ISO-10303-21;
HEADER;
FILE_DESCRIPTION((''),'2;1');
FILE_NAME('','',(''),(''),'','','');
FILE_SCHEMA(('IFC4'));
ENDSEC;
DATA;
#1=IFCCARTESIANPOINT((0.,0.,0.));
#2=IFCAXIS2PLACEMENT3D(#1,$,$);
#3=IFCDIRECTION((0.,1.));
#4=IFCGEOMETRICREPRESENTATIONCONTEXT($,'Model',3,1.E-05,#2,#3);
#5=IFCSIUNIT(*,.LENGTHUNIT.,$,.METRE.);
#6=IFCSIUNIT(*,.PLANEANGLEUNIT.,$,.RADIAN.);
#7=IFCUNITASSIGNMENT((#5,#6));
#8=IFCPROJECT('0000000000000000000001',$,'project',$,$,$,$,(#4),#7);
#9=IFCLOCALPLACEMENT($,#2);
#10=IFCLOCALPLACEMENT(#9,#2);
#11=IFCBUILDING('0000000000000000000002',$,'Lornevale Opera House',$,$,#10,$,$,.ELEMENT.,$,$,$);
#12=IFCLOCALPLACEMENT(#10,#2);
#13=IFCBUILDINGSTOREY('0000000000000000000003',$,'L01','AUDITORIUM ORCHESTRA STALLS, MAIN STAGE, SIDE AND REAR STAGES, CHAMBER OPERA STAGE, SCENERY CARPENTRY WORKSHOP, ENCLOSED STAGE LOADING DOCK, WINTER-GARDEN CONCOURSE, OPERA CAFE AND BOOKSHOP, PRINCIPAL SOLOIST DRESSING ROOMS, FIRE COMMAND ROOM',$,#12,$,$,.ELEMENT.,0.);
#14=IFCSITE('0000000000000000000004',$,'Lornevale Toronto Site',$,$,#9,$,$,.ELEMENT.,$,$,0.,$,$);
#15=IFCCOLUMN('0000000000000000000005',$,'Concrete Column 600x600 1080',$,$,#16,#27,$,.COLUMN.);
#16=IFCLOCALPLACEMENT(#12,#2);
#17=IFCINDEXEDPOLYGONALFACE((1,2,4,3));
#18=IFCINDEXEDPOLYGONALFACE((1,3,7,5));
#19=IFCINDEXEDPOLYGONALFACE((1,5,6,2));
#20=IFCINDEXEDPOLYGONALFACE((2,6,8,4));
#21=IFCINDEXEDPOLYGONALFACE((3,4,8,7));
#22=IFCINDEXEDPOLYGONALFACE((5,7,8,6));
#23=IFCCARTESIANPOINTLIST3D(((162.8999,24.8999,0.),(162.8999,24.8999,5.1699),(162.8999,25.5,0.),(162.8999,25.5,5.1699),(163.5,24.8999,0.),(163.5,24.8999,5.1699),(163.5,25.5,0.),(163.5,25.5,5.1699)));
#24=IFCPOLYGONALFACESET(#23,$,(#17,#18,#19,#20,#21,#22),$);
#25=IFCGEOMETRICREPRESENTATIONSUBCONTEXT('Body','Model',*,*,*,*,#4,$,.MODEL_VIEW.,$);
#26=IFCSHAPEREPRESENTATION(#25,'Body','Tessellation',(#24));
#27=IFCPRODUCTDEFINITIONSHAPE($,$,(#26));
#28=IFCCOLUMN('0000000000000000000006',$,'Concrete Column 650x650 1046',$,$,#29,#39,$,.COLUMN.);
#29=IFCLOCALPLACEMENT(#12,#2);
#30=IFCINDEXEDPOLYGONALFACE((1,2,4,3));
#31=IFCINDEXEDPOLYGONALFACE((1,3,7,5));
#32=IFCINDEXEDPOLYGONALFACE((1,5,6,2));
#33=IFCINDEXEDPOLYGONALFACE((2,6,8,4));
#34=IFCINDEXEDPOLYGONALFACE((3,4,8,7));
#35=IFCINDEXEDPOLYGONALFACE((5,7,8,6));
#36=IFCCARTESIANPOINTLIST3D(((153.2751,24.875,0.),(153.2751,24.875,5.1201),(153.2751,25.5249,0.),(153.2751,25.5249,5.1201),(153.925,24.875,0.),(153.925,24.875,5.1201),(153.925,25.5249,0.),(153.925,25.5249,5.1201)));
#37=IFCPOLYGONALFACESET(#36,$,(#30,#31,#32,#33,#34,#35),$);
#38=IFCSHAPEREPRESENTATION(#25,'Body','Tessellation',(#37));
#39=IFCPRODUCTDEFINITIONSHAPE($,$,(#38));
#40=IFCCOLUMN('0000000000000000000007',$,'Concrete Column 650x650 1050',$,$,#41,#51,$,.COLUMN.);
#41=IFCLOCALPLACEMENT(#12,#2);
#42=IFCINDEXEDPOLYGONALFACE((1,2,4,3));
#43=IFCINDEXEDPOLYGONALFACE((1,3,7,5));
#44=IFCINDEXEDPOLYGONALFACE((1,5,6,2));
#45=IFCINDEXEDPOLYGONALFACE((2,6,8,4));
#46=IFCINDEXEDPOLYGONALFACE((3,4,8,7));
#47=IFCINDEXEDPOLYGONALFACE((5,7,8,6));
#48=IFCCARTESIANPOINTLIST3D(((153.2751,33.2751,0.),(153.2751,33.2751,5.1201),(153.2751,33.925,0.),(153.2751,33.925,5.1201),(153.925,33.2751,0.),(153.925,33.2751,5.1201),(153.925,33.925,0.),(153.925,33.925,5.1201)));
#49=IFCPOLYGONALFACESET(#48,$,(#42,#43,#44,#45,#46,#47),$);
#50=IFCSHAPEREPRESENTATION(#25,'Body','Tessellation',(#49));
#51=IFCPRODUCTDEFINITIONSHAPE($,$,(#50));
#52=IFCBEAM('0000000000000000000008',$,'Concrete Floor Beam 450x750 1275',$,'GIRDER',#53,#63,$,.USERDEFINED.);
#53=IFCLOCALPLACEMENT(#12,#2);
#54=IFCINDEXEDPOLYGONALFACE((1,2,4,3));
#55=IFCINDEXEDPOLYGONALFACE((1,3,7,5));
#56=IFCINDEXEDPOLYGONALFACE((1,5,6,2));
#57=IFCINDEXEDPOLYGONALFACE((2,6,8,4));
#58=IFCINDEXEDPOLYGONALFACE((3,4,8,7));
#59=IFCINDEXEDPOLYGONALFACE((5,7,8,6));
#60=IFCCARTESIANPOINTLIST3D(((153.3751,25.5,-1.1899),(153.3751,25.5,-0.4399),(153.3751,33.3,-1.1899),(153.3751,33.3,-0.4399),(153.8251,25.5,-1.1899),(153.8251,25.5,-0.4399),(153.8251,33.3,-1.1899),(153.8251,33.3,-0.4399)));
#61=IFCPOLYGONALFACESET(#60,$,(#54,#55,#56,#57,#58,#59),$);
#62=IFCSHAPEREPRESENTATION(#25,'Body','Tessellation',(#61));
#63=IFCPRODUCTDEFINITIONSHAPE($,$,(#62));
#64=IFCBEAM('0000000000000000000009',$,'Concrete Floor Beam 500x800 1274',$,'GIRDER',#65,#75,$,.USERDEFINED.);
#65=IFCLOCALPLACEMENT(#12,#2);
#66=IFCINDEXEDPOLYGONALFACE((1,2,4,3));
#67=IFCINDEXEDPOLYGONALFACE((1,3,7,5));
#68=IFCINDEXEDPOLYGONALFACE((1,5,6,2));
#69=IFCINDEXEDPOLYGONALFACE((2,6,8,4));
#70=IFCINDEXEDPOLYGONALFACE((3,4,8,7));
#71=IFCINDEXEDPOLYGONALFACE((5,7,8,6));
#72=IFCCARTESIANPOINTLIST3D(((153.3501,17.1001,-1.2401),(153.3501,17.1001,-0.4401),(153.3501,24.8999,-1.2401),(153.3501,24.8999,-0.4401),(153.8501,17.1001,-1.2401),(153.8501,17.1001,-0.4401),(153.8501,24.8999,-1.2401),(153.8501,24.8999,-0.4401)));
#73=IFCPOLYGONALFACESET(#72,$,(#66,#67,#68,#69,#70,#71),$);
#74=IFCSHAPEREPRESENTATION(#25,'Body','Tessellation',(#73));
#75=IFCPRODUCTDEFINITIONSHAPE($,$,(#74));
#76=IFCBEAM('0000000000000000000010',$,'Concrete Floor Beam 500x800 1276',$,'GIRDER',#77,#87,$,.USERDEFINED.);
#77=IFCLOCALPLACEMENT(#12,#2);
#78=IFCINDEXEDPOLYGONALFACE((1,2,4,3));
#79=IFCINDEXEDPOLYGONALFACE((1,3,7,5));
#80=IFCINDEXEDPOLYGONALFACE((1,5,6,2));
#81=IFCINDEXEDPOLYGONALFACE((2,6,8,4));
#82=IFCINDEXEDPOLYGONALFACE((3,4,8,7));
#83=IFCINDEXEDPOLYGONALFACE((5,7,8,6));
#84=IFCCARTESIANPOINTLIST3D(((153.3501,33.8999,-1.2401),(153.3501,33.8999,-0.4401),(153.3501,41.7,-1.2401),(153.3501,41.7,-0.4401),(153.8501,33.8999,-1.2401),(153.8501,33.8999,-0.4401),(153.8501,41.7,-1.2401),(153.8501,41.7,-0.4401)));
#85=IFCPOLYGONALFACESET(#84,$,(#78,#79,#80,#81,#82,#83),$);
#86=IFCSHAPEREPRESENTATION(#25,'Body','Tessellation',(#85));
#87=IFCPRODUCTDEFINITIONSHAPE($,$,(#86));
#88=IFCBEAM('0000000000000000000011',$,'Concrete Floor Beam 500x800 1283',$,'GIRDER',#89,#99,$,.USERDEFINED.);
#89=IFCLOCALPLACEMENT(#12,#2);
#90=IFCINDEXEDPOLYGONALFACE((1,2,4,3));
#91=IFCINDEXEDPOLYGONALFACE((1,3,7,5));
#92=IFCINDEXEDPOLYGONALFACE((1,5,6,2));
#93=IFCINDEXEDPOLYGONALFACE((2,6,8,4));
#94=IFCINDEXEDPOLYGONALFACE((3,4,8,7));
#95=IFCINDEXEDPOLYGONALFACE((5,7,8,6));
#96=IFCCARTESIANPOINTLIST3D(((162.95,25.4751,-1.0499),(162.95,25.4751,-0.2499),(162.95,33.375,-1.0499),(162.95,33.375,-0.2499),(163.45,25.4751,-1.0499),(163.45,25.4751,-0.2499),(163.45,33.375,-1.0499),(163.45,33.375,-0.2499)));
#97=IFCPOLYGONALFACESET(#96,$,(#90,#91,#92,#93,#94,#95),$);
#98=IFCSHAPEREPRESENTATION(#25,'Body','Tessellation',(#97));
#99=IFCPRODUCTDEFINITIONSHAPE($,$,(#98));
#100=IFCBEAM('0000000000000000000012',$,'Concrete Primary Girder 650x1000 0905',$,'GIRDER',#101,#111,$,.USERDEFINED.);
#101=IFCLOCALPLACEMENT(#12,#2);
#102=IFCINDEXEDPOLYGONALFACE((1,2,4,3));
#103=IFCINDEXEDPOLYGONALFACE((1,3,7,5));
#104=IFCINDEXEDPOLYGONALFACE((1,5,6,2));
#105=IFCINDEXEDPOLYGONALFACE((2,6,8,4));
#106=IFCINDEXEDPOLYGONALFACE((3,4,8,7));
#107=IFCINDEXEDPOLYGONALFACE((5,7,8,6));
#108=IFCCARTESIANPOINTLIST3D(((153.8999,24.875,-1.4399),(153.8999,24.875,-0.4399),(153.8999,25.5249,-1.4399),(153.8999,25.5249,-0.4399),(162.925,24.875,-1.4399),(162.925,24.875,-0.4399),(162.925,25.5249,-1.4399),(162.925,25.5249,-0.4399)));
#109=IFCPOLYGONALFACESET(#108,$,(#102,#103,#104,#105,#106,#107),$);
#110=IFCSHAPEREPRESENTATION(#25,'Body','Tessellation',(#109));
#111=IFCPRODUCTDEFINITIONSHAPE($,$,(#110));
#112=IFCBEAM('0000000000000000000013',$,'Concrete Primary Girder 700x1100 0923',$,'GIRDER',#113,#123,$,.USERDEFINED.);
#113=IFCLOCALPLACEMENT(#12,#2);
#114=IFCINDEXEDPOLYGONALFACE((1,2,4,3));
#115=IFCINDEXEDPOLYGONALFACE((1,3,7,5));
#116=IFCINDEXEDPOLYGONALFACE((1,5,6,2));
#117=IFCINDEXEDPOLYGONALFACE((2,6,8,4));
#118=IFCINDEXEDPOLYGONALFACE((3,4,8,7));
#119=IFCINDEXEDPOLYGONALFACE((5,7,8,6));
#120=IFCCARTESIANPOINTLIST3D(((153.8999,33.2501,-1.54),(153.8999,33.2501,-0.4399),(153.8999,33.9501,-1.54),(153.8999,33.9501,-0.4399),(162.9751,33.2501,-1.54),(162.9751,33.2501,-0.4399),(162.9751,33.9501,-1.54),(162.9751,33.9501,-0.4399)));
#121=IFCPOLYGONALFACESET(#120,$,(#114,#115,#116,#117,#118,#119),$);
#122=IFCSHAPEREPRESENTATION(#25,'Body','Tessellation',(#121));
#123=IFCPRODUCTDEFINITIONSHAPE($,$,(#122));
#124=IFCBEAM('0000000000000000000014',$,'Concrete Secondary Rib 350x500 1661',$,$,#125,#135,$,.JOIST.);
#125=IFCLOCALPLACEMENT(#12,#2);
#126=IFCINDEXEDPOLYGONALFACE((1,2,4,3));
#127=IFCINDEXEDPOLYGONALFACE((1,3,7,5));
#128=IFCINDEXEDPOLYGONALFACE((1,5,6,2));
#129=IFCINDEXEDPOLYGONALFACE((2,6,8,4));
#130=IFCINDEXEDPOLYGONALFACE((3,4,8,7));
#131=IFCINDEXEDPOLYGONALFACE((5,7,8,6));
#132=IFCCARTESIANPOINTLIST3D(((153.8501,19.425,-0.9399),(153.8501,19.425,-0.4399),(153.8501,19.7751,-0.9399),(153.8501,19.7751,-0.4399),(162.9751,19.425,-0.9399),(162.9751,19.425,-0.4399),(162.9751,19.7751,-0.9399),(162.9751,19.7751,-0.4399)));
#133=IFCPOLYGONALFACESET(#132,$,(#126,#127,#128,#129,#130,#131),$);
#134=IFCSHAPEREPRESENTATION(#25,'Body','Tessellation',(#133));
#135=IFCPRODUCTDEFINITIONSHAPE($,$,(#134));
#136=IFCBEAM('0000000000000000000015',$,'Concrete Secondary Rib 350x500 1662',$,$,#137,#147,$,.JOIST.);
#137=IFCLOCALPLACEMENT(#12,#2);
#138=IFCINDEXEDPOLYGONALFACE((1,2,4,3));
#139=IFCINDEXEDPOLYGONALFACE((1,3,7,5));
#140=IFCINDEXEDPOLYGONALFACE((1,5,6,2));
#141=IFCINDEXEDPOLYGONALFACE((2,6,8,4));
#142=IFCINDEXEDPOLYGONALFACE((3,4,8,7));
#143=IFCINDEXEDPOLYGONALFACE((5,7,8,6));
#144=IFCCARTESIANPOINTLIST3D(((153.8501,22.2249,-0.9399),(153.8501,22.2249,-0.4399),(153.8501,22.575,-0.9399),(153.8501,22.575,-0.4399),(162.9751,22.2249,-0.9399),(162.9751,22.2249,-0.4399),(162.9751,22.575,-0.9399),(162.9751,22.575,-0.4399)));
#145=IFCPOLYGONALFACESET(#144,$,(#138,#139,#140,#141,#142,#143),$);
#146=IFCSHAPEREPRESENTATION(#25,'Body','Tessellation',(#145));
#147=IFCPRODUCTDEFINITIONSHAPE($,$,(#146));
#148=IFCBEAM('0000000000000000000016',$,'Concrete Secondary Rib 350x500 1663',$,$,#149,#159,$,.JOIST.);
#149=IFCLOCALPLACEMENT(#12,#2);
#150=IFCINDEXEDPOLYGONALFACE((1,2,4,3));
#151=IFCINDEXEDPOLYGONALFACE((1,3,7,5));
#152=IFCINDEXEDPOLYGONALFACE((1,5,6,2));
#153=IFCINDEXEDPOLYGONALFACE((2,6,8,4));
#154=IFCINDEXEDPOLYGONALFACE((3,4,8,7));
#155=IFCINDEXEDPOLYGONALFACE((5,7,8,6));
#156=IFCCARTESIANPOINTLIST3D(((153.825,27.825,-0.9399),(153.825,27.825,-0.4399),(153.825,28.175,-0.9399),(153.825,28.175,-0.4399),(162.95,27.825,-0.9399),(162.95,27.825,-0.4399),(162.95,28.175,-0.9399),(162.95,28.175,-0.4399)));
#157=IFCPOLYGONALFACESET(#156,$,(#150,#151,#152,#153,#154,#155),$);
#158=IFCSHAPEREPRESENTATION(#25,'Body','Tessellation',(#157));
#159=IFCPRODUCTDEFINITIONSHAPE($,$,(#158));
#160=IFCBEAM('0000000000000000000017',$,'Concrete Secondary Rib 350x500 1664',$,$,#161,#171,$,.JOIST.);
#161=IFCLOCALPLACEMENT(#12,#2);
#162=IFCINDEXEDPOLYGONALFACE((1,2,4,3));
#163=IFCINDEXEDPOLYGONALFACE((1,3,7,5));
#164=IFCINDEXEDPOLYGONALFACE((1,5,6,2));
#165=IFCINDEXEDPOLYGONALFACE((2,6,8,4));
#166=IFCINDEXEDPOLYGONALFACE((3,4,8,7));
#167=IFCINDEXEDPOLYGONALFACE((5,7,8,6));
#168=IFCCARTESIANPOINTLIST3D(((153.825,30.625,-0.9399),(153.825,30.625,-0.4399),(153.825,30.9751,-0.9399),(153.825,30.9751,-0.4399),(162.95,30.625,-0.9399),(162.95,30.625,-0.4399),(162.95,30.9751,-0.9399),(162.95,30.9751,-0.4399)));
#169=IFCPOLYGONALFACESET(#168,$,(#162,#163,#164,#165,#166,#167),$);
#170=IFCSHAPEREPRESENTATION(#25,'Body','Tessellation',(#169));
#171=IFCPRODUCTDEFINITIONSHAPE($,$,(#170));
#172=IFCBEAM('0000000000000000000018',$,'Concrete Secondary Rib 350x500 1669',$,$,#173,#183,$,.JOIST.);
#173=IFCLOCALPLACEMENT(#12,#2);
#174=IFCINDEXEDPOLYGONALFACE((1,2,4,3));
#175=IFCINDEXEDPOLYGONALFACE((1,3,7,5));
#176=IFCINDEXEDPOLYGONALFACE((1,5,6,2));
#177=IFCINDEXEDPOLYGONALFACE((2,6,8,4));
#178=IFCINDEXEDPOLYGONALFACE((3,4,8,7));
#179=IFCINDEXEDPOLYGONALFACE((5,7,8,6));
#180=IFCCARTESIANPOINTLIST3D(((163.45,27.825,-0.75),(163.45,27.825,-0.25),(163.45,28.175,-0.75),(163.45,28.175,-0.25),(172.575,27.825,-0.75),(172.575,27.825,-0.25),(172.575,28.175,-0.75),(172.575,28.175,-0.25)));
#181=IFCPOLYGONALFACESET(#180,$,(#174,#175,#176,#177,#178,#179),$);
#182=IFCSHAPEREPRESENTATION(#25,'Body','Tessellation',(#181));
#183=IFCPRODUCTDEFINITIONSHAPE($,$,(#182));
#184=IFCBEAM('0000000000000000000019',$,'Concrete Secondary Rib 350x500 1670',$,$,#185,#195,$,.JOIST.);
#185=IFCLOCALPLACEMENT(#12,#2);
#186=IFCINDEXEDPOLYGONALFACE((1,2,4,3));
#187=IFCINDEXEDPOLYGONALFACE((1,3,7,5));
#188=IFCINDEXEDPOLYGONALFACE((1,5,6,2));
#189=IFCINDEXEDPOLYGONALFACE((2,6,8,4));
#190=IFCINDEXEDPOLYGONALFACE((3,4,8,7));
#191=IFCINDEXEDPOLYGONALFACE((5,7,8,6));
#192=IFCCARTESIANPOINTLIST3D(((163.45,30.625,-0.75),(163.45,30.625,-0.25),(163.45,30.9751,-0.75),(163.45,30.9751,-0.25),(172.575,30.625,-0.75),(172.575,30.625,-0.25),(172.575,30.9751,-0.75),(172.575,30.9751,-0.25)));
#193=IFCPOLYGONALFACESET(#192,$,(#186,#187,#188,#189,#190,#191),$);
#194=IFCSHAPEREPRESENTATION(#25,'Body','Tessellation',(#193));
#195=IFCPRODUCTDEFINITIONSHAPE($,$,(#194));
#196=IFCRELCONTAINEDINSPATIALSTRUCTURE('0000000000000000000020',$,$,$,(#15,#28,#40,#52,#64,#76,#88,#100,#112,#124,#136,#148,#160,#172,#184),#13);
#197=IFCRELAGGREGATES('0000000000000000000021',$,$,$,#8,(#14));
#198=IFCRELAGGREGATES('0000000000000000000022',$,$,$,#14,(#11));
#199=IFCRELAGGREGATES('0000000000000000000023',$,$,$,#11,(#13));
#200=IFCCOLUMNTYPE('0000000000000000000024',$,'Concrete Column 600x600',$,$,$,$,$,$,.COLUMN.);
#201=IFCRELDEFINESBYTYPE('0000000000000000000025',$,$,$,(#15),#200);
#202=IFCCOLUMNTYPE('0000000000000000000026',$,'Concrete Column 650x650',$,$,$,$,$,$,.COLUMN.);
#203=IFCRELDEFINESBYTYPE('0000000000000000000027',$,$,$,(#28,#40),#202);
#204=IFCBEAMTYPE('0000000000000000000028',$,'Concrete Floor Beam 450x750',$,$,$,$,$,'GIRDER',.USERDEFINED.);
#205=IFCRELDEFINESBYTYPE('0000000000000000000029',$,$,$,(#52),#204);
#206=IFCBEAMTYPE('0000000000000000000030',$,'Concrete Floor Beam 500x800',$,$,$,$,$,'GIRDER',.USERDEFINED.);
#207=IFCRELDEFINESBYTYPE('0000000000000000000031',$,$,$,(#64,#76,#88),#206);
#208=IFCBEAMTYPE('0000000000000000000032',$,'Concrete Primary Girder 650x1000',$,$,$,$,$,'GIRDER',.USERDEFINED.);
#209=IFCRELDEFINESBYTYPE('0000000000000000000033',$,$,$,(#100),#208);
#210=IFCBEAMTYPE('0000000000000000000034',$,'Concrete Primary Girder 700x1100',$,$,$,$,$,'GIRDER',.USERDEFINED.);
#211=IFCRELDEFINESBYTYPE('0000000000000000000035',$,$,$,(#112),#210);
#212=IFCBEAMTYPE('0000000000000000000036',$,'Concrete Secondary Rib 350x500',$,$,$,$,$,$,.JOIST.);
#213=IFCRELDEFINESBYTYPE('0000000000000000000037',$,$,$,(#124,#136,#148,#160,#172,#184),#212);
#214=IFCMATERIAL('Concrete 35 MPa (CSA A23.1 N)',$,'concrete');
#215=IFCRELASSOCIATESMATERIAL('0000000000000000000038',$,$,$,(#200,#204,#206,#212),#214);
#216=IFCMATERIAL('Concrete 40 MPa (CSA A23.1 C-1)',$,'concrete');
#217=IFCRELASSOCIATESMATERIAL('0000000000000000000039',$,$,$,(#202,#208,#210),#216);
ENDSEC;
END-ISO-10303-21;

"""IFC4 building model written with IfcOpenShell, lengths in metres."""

from ifc_helpers import new_model, si_unit, direction, frame, origin, origin_2d, place, context, subcontext, project, spatial, rectangle, extrude, material, material_profile, profile_set, type_object, element, save


model = new_model("IFC4")

# Units and contexts
model_context = context("Model", 3, precision=1e-05, world=origin(), true_north=direction((0.0, 1.0)))
body_context = subcontext(model_context, "Body", "Model", "MODEL_VIEW")
ifc_project = project(units=[si_unit("LENGTHUNIT", "METRE"), si_unit("PLANEANGLEUNIT", "RADIAN")], contexts=[model_context])

# Site, building, storey
site_placement = place(None, origin())
site = spatial("IfcSite", under=ifc_project, at=site_placement, Name="Lornevale Toronto Site", CompositionType="ELEMENT", RefElevation=0.0)
building_placement = place(site_placement, origin())
building = spatial("IfcBuilding", under=site, at=building_placement, Name="Lornevale Opera House", CompositionType="ELEMENT")
storey_placement = place(building_placement, origin())
storey = spatial("IfcBuildingStorey", under=building, at=storey_placement, Name="L01", Description="AUDITORIUM ORCHESTRA STALLS, MAIN STAGE, SIDE AND REAR STAGES, CHAMBER OPERA STAGE, SCENERY CARPENTRY WORKSHOP, ENCLOSED STAGE LOADING DOCK, WINTER-GARDEN CONCOURSE, OPERA CAFE AND BOOKSHOP, PRINCIPAL SOLOIST DRESSING ROOMS, FIRE COMMAND ROOM", CompositionType="ELEMENT", Elevation=0.0)

# Columns
ifc_material_1 = material(Name="Concrete 35 MPa (CSA A23.1 N)", Category="concrete")
ifc_material_profile_1 = material_profile(ifc_material_1, rectangle(XDim=0.6001, YDim=0.6001, at=origin_2d()), Name="RC600x600")
ifc_profile_set_1 = profile_set([ifc_material_profile_1], Name="Concrete 35 MPa (CSA A23.1 N)")
column_type_1 = type_object("IfcColumnType", Name="Concrete Column 600x600", PredefinedType="COLUMN", material=ifc_profile_set_1)
column_placement = place(storey_placement, frame((163.2, 25.2, 0.0), z_axis=(0.0, 0.0, 1.0), x_axis=(1.0, 0.0, 0.0)))
element("IfcColumn", 1, at=column_placement, inside=storey, type_object=column_type_1, Name="Concrete Column 600x600 1080", PredefinedType="COLUMN", context=body_context, shape_type="SweptSolid", body=[
    extrude(rectangle(XDim=0.6001, YDim=0.6001, at=origin_2d()), origin(), (0.0, 0.0, 1.0), 5.1699),
])
ifc_material_2 = material(Name="Concrete 40 MPa (CSA A23.1 C-1)", Category="concrete")
ifc_material_profile_2 = material_profile(ifc_material_2, rectangle(XDim=0.6499, YDim=0.6499, at=origin_2d()), Name="RC650x650")
ifc_profile_set_2 = profile_set([ifc_material_profile_2], Name="Concrete 40 MPa (CSA A23.1 C-1)")
column_type_2 = type_object("IfcColumnType", Name="Concrete Column 650x650", PredefinedType="COLUMN", material=ifc_profile_set_2)
for number, where, z_axis, x_axis, name in (
    (2, (153.6001, 25.2, 0.0), (0.0, 0.0, 1.0), (1.0, 0.0, 0.0), "Concrete Column 650x650 1046"),
    (3, (153.6001, 33.6001, 0.0), (0.0, 0.0, 1.0), (1.0, 0.0, 0.0), "Concrete Column 650x650 1050"),
):
    element("IfcColumn", number, at=place(storey_placement, frame(where, z_axis=z_axis, x_axis=x_axis)), inside=storey, type_object=column_type_2, Name=name, PredefinedType="COLUMN", context=body_context, shape_type="SweptSolid", body=[
        extrude(rectangle(XDim=0.6499, YDim=0.6499, at=origin_2d()), origin(), (0.0, 0.0, 1.0), 5.1201),
    ])

# Beams
ifc_material_profile_3 = material_profile(ifc_material_1, rectangle(XDim=0.45, YDim=0.75, at=origin_2d()), Name="RC450x750")
ifc_profile_set_3 = profile_set([ifc_material_profile_3], Name="Concrete 35 MPa (CSA A23.1 N)")
beam_type_1 = type_object("IfcBeamType", Name="Concrete Floor Beam 450x750", ElementType="GIRDER", PredefinedType="USERDEFINED", material=ifc_profile_set_3)
beam_1_placement = place(storey_placement, frame((153.6001, 25.5, -0.8149), z_axis=(0.0, 1.0, 0.0), x_axis=(-1.0, 0.0, 0.0)))
element("IfcBeam", 4, at=beam_1_placement, inside=storey, type_object=beam_type_1, Name="Concrete Floor Beam 450x750 1275", ObjectType="GIRDER", PredefinedType="USERDEFINED", context=body_context, shape_type="SweptSolid", body=[
    extrude(rectangle(XDim=0.45, YDim=0.75, at=origin_2d()), origin(), (0.0, 0.0, 1.0), 7.8),
])
ifc_material_profile_4 = material_profile(ifc_material_1, rectangle(XDim=0.5, YDim=0.8, at=origin_2d()), Name="RC500x800")
ifc_profile_set_4 = profile_set([ifc_material_profile_4], Name="Concrete 35 MPa (CSA A23.1 N)")
beam_type_2 = type_object("IfcBeamType", Name="Concrete Floor Beam 500x800", ElementType="GIRDER", PredefinedType="USERDEFINED", material=ifc_profile_set_4)
beam_2_placement = place(storey_placement, frame((153.6001, 17.1001, -0.8401), z_axis=(0.0, 1.0, 0.0), x_axis=(-1.0, 0.0, 0.0)))
element("IfcBeam", 5, at=beam_2_placement, inside=storey, type_object=beam_type_2, Name="Concrete Floor Beam 500x800 1274", ObjectType="GIRDER", PredefinedType="USERDEFINED", context=body_context, shape_type="SweptSolid", body=[
    extrude(rectangle(XDim=0.5, YDim=0.8, at=origin_2d()), origin(), (0.0, 0.0, 1.0), 7.7998),
])
beam_3_placement = place(storey_placement, frame((153.6001, 33.8999, -0.8401), z_axis=(0.0, 1.0, 0.0), x_axis=(-1.0, 0.0, 0.0)))
element("IfcBeam", 6, at=beam_3_placement, inside=storey, type_object=beam_type_2, Name="Concrete Floor Beam 500x800 1276", ObjectType="GIRDER", PredefinedType="USERDEFINED", context=body_context, shape_type="SweptSolid", body=[
    extrude(rectangle(XDim=0.5, YDim=0.8, at=origin_2d()), origin(), (0.0, 0.0, 1.0), 7.8),
])
beam_4_placement = place(storey_placement, frame((163.2, 25.4751, -0.6499), z_axis=(0.0, 1.0, 0.0), x_axis=(-1.0, 0.0, 0.0)))
element("IfcBeam", 7, at=beam_4_placement, inside=storey, type_object=beam_type_2, Name="Concrete Floor Beam 500x800 1283", ObjectType="GIRDER", PredefinedType="USERDEFINED", context=body_context, shape_type="SweptSolid", body=[
    extrude(rectangle(XDim=0.5, YDim=0.8, at=origin_2d()), origin(), (0.0, 0.0, 1.0), 7.8999),
])
ifc_material_profile_5 = material_profile(ifc_material_2, rectangle(XDim=0.6499, YDim=1.0, at=origin_2d()), Name="RC650x1000")
ifc_profile_set_5 = profile_set([ifc_material_profile_5], Name="Concrete 40 MPa (CSA A23.1 C-1)")
beam_type_3 = type_object("IfcBeamType", Name="Concrete Primary Girder 650x1000", ElementType="GIRDER", PredefinedType="USERDEFINED", material=ifc_profile_set_5)
beam_5_placement = place(storey_placement, frame((153.8999, 25.2, -0.9399), z_axis=(1.0, 0.0, 0.0), x_axis=(0.0, 1.0, 0.0)))
element("IfcBeam", 8, at=beam_5_placement, inside=storey, type_object=beam_type_3, Name="Concrete Primary Girder 650x1000 0905", ObjectType="GIRDER", PredefinedType="USERDEFINED", context=body_context, shape_type="SweptSolid", body=[
    extrude(rectangle(XDim=0.6499, YDim=1.0, at=origin_2d()), origin(), (0.0, 0.0, 1.0), 9.0251),
])
ifc_material_profile_6 = material_profile(ifc_material_2, rectangle(XDim=0.7, YDim=1.1001, at=origin_2d()), Name="RC700x1100")
ifc_profile_set_6 = profile_set([ifc_material_profile_6], Name="Concrete 40 MPa (CSA A23.1 C-1)")
beam_type_4 = type_object("IfcBeamType", Name="Concrete Primary Girder 700x1100", ElementType="GIRDER", PredefinedType="USERDEFINED", material=ifc_profile_set_6)
beam_6_placement = place(storey_placement, frame((153.8999, 33.6001, -0.99), z_axis=(1.0, 0.0, 0.0), x_axis=(0.0, 1.0, 0.0)))
element("IfcBeam", 9, at=beam_6_placement, inside=storey, type_object=beam_type_4, Name="Concrete Primary Girder 700x1100 0923", ObjectType="GIRDER", PredefinedType="USERDEFINED", context=body_context, shape_type="SweptSolid", body=[
    extrude(rectangle(XDim=0.7, YDim=1.1001, at=origin_2d()), origin(), (0.0, 0.0, 1.0), 9.0752),
])
ifc_material_profile_7 = material_profile(ifc_material_1, rectangle(XDim=0.3501, YDim=0.5, at=origin_2d()), Name="RC350x500")
ifc_profile_set_7 = profile_set([ifc_material_profile_7], Name="Concrete 35 MPa (CSA A23.1 N)")
beam_type_5 = type_object("IfcBeamType", Name="Concrete Secondary Rib 350x500", PredefinedType="JOIST", material=ifc_profile_set_7)
for number, where, z_axis, x_axis, name in (
    (10, (153.8501, 19.6001, -0.6899), (1.0, 0.0, 0.0), (0.0, 1.0, 0.0), "Concrete Secondary Rib 350x500 1661"),
    (11, (153.8501, 22.3999, -0.6899), (1.0, 0.0, 0.0), (0.0, 1.0, 0.0), "Concrete Secondary Rib 350x500 1662"),
    (12, (153.825, 28.0, -0.6899), (1.0, 0.0, 0.0), (0.0, 1.0, 0.0), "Concrete Secondary Rib 350x500 1663"),
    (13, (153.825, 30.8, -0.6899), (1.0, 0.0, 0.0), (0.0, 1.0, 0.0), "Concrete Secondary Rib 350x500 1664"),
    (14, (163.45, 28.0, -0.5), (1.0, 0.0, 0.0), (0.0, 1.0, 0.0), "Concrete Secondary Rib 350x500 1669"),
    (15, (163.45, 30.8, -0.5), (1.0, 0.0, 0.0), (0.0, 1.0, 0.0), "Concrete Secondary Rib 350x500 1670"),
):
    element("IfcBeam", number, at=place(storey_placement, frame(where, z_axis=z_axis, x_axis=x_axis)), inside=storey, type_object=beam_type_5, Name=name, PredefinedType="JOIST", context=body_context, shape_type="SweptSolid", body=[
        extrude(rectangle(XDim=0.3501, YDim=0.5, at=origin_2d()), origin(), (0.0, 0.0, 1.0), 9.125),
    ])

save(model, "model.ifc")
